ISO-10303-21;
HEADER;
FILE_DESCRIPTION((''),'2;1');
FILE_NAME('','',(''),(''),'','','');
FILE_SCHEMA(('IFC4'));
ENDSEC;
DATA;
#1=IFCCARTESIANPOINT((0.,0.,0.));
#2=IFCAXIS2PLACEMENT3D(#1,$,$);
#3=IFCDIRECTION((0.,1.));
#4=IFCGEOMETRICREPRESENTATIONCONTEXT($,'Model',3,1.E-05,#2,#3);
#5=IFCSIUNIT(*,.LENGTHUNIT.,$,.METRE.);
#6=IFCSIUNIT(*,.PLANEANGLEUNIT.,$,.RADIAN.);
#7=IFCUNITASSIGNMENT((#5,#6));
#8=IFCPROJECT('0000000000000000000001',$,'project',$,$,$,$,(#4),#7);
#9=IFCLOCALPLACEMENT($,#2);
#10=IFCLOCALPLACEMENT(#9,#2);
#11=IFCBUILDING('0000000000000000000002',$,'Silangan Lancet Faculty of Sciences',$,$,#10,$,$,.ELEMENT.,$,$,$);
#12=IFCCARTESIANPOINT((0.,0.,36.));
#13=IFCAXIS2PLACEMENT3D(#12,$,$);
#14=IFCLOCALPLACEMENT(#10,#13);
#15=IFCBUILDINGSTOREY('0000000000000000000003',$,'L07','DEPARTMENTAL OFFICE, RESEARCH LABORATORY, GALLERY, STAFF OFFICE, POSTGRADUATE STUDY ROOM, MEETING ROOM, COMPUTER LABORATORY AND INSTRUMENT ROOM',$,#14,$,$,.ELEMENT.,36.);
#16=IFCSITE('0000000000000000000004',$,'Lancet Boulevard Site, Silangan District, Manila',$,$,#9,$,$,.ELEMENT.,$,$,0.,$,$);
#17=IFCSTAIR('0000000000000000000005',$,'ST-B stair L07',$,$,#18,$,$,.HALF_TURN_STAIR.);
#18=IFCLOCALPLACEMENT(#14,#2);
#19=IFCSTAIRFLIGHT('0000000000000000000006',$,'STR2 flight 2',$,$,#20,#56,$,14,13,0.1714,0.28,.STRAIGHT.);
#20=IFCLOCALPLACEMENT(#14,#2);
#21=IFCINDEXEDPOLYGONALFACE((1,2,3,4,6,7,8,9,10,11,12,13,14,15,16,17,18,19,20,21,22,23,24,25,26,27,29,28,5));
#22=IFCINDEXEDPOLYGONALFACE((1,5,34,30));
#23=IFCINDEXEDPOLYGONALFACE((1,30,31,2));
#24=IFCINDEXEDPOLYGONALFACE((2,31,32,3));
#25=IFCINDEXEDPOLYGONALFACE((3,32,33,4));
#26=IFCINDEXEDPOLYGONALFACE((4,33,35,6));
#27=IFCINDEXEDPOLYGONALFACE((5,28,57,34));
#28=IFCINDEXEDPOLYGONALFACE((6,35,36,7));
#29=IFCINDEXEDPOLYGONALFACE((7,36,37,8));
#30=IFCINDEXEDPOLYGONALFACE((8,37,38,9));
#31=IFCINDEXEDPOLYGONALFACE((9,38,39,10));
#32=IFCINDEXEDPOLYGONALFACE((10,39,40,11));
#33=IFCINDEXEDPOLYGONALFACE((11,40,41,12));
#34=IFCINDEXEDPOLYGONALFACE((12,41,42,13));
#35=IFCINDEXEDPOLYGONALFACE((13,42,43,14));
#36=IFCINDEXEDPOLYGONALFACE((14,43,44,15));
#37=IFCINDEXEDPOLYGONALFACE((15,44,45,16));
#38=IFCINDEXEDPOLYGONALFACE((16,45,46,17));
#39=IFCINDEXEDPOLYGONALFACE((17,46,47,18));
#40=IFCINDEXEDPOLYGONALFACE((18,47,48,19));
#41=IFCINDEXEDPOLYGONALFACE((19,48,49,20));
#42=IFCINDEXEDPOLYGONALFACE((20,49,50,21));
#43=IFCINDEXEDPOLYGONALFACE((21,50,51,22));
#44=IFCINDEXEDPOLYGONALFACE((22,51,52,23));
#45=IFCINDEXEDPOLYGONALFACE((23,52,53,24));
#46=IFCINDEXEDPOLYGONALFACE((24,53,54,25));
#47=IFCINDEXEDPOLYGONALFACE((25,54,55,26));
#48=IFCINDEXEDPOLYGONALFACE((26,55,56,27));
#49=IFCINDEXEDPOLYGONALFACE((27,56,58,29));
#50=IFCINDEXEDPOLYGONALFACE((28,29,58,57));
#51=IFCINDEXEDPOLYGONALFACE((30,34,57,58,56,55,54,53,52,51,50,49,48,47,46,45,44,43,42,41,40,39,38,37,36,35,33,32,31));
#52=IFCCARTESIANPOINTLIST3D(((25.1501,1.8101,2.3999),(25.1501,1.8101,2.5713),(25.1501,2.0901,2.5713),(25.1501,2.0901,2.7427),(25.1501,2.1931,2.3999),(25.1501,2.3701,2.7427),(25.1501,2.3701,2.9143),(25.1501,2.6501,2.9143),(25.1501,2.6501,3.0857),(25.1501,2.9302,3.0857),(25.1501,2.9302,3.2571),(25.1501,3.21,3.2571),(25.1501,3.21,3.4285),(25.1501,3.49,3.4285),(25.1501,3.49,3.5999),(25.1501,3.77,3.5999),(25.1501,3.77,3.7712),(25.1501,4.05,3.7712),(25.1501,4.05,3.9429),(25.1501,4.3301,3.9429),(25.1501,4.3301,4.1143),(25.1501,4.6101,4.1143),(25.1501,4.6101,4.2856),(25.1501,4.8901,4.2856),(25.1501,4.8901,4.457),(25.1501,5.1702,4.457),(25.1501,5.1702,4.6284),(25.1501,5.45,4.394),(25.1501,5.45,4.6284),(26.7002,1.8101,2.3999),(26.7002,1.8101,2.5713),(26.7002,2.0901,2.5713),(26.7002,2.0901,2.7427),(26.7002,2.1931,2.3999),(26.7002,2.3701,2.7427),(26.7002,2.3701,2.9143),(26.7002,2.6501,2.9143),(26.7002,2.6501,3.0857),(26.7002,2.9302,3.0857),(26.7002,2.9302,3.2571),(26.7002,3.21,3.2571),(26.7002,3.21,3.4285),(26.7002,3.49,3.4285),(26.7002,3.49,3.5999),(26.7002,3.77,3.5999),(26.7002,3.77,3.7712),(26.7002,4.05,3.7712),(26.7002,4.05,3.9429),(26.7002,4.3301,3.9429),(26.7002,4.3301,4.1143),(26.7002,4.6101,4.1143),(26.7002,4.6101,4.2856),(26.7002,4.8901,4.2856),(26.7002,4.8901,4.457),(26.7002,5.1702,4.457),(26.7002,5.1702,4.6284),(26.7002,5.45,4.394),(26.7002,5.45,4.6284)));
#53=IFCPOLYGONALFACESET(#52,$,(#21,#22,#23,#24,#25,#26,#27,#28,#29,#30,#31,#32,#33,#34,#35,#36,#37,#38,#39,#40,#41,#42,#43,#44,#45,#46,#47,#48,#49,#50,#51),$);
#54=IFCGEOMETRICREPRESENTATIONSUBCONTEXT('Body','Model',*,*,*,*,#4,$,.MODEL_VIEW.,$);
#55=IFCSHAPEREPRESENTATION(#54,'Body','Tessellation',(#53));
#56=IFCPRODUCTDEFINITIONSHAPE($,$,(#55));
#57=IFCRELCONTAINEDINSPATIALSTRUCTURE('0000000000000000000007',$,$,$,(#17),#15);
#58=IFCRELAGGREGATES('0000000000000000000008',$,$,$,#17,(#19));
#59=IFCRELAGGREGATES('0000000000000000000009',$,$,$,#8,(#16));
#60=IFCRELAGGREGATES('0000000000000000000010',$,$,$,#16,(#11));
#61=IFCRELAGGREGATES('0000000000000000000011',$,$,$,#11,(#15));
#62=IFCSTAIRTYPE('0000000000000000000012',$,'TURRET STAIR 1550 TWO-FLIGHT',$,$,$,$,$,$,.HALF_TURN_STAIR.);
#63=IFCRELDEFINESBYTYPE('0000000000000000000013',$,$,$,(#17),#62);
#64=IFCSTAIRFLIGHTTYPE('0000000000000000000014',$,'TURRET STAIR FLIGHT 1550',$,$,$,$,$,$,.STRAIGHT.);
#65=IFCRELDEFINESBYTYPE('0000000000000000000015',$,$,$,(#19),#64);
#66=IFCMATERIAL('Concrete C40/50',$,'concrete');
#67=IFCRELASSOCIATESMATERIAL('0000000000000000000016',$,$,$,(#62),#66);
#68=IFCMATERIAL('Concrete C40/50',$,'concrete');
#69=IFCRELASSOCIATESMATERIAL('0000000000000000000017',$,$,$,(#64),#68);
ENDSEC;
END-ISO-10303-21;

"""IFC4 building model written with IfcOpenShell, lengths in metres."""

from ifc_helpers import new_model, si_unit, direction, frame, origin, place, context, subcontext, project, spatial, polyline, outline, extrude, material, type_object, element, aggregate, save


model = new_model("IFC4")

# Units and contexts
model_context = context("Model", 3, precision=1e-05, world=origin(), true_north=direction((0.0, 1.0)))
body_context = subcontext(model_context, "Body", "Model", "MODEL_VIEW")
ifc_project = project(units=[si_unit("LENGTHUNIT", "METRE"), si_unit("PLANEANGLEUNIT", "RADIAN")], contexts=[model_context])

# Site, building, storey
site_placement = place(None, origin())
site = spatial("IfcSite", under=ifc_project, at=site_placement, Name="Lancet Boulevard Site, Silangan District, Manila", CompositionType="ELEMENT", RefElevation=0.0)
building_placement = place(site_placement, origin())
building = spatial("IfcBuilding", under=site, at=building_placement, Name="Silangan Lancet Faculty of Sciences", CompositionType="ELEMENT")
storey_placement = place(building_placement, frame((0.0, 0.0, 36.0)))
storey = spatial("IfcBuildingStorey", under=building, at=storey_placement, Name="L07", Description="DEPARTMENTAL OFFICE, RESEARCH LABORATORY, GALLERY, STAFF OFFICE, POSTGRADUATE STUDY ROOM, MEETING ROOM, COMPUTER LABORATORY AND INSTRUMENT ROOM", CompositionType="ELEMENT", Elevation=36.0)

# Stair, stair flight
ifc_material_1 = material(Name="Concrete C40/50", Category="concrete")
stair_type = type_object("IfcStairType", Name="TURRET STAIR 1550 TWO-FLIGHT", PredefinedType="HALF_TURN_STAIR", material=ifc_material_1)
stair_placement = place(storey_placement, origin())
stair = element("IfcStair", 1, at=stair_placement, inside=storey, type_object=stair_type, Name="ST-B stair L07", PredefinedType="HALF_TURN_STAIR")
ifc_material_2 = material(Name="Concrete C40/50", Category="concrete")
stair_flight_type = type_object("IfcStairFlightType", Name="TURRET STAIR FLIGHT 1550", PredefinedType="STRAIGHT", material=ifc_material_2)
stair_flight_1_placement = place(storey_placement, frame((25.925, 1.8101, 2.3999), z_axis=(0.0, 0.0, 1.0), x_axis=(0.0, 1.0, 0.0)))
stair_flight_1 = element("IfcStairFlight", 2, at=stair_flight_1_placement, type_object=stair_flight_type, Name="STR2 flight 2", NumberOfRisers=14, NumberOfTreads=13, PredefinedType="STRAIGHT", RiserHeight=0.1714, TreadLength=0.28, context=body_context, shape_type="SweptSolid", body=[
    extrude(outline(polyline([(0.0, 0.0), (0.0, 0.1714), (0.28, 0.1714), (0.28, 0.3428), (0.5601, 0.3428), (0.5601, 0.5144), (0.8401, 0.5144), (0.8401, 0.6858), (1.1201, 0.6858), (1.1201, 0.8572), (1.3999, 0.8572), (1.3999, 1.0286), (1.6799, 1.0286), (1.6799, 1.2), (1.96, 1.2), (1.96, 1.3713), (2.24, 1.3713), (2.24, 1.543), (2.52, 1.543), (2.52, 1.7144), (2.8, 1.7144), (2.8, 1.8857), (3.0801, 1.8857), (3.0801, 2.0571), (3.3601, 2.0571), (3.3601, 2.2285), (3.6399, 2.2285), (3.6399, 2.3999), (3.6399, 1.9941), (0.3831, 0.0), (0.0, 0.0)])), frame((0.0, 0.7749, 0.0), z_axis=(0.0, -1.0, 0.0), x_axis=(1.0, 0.0, 0.0)), (0.0, 0.0, 1.0), 1.55),
])
aggregate(stair, [stair_flight_1])

save(model, "model.ifc")
